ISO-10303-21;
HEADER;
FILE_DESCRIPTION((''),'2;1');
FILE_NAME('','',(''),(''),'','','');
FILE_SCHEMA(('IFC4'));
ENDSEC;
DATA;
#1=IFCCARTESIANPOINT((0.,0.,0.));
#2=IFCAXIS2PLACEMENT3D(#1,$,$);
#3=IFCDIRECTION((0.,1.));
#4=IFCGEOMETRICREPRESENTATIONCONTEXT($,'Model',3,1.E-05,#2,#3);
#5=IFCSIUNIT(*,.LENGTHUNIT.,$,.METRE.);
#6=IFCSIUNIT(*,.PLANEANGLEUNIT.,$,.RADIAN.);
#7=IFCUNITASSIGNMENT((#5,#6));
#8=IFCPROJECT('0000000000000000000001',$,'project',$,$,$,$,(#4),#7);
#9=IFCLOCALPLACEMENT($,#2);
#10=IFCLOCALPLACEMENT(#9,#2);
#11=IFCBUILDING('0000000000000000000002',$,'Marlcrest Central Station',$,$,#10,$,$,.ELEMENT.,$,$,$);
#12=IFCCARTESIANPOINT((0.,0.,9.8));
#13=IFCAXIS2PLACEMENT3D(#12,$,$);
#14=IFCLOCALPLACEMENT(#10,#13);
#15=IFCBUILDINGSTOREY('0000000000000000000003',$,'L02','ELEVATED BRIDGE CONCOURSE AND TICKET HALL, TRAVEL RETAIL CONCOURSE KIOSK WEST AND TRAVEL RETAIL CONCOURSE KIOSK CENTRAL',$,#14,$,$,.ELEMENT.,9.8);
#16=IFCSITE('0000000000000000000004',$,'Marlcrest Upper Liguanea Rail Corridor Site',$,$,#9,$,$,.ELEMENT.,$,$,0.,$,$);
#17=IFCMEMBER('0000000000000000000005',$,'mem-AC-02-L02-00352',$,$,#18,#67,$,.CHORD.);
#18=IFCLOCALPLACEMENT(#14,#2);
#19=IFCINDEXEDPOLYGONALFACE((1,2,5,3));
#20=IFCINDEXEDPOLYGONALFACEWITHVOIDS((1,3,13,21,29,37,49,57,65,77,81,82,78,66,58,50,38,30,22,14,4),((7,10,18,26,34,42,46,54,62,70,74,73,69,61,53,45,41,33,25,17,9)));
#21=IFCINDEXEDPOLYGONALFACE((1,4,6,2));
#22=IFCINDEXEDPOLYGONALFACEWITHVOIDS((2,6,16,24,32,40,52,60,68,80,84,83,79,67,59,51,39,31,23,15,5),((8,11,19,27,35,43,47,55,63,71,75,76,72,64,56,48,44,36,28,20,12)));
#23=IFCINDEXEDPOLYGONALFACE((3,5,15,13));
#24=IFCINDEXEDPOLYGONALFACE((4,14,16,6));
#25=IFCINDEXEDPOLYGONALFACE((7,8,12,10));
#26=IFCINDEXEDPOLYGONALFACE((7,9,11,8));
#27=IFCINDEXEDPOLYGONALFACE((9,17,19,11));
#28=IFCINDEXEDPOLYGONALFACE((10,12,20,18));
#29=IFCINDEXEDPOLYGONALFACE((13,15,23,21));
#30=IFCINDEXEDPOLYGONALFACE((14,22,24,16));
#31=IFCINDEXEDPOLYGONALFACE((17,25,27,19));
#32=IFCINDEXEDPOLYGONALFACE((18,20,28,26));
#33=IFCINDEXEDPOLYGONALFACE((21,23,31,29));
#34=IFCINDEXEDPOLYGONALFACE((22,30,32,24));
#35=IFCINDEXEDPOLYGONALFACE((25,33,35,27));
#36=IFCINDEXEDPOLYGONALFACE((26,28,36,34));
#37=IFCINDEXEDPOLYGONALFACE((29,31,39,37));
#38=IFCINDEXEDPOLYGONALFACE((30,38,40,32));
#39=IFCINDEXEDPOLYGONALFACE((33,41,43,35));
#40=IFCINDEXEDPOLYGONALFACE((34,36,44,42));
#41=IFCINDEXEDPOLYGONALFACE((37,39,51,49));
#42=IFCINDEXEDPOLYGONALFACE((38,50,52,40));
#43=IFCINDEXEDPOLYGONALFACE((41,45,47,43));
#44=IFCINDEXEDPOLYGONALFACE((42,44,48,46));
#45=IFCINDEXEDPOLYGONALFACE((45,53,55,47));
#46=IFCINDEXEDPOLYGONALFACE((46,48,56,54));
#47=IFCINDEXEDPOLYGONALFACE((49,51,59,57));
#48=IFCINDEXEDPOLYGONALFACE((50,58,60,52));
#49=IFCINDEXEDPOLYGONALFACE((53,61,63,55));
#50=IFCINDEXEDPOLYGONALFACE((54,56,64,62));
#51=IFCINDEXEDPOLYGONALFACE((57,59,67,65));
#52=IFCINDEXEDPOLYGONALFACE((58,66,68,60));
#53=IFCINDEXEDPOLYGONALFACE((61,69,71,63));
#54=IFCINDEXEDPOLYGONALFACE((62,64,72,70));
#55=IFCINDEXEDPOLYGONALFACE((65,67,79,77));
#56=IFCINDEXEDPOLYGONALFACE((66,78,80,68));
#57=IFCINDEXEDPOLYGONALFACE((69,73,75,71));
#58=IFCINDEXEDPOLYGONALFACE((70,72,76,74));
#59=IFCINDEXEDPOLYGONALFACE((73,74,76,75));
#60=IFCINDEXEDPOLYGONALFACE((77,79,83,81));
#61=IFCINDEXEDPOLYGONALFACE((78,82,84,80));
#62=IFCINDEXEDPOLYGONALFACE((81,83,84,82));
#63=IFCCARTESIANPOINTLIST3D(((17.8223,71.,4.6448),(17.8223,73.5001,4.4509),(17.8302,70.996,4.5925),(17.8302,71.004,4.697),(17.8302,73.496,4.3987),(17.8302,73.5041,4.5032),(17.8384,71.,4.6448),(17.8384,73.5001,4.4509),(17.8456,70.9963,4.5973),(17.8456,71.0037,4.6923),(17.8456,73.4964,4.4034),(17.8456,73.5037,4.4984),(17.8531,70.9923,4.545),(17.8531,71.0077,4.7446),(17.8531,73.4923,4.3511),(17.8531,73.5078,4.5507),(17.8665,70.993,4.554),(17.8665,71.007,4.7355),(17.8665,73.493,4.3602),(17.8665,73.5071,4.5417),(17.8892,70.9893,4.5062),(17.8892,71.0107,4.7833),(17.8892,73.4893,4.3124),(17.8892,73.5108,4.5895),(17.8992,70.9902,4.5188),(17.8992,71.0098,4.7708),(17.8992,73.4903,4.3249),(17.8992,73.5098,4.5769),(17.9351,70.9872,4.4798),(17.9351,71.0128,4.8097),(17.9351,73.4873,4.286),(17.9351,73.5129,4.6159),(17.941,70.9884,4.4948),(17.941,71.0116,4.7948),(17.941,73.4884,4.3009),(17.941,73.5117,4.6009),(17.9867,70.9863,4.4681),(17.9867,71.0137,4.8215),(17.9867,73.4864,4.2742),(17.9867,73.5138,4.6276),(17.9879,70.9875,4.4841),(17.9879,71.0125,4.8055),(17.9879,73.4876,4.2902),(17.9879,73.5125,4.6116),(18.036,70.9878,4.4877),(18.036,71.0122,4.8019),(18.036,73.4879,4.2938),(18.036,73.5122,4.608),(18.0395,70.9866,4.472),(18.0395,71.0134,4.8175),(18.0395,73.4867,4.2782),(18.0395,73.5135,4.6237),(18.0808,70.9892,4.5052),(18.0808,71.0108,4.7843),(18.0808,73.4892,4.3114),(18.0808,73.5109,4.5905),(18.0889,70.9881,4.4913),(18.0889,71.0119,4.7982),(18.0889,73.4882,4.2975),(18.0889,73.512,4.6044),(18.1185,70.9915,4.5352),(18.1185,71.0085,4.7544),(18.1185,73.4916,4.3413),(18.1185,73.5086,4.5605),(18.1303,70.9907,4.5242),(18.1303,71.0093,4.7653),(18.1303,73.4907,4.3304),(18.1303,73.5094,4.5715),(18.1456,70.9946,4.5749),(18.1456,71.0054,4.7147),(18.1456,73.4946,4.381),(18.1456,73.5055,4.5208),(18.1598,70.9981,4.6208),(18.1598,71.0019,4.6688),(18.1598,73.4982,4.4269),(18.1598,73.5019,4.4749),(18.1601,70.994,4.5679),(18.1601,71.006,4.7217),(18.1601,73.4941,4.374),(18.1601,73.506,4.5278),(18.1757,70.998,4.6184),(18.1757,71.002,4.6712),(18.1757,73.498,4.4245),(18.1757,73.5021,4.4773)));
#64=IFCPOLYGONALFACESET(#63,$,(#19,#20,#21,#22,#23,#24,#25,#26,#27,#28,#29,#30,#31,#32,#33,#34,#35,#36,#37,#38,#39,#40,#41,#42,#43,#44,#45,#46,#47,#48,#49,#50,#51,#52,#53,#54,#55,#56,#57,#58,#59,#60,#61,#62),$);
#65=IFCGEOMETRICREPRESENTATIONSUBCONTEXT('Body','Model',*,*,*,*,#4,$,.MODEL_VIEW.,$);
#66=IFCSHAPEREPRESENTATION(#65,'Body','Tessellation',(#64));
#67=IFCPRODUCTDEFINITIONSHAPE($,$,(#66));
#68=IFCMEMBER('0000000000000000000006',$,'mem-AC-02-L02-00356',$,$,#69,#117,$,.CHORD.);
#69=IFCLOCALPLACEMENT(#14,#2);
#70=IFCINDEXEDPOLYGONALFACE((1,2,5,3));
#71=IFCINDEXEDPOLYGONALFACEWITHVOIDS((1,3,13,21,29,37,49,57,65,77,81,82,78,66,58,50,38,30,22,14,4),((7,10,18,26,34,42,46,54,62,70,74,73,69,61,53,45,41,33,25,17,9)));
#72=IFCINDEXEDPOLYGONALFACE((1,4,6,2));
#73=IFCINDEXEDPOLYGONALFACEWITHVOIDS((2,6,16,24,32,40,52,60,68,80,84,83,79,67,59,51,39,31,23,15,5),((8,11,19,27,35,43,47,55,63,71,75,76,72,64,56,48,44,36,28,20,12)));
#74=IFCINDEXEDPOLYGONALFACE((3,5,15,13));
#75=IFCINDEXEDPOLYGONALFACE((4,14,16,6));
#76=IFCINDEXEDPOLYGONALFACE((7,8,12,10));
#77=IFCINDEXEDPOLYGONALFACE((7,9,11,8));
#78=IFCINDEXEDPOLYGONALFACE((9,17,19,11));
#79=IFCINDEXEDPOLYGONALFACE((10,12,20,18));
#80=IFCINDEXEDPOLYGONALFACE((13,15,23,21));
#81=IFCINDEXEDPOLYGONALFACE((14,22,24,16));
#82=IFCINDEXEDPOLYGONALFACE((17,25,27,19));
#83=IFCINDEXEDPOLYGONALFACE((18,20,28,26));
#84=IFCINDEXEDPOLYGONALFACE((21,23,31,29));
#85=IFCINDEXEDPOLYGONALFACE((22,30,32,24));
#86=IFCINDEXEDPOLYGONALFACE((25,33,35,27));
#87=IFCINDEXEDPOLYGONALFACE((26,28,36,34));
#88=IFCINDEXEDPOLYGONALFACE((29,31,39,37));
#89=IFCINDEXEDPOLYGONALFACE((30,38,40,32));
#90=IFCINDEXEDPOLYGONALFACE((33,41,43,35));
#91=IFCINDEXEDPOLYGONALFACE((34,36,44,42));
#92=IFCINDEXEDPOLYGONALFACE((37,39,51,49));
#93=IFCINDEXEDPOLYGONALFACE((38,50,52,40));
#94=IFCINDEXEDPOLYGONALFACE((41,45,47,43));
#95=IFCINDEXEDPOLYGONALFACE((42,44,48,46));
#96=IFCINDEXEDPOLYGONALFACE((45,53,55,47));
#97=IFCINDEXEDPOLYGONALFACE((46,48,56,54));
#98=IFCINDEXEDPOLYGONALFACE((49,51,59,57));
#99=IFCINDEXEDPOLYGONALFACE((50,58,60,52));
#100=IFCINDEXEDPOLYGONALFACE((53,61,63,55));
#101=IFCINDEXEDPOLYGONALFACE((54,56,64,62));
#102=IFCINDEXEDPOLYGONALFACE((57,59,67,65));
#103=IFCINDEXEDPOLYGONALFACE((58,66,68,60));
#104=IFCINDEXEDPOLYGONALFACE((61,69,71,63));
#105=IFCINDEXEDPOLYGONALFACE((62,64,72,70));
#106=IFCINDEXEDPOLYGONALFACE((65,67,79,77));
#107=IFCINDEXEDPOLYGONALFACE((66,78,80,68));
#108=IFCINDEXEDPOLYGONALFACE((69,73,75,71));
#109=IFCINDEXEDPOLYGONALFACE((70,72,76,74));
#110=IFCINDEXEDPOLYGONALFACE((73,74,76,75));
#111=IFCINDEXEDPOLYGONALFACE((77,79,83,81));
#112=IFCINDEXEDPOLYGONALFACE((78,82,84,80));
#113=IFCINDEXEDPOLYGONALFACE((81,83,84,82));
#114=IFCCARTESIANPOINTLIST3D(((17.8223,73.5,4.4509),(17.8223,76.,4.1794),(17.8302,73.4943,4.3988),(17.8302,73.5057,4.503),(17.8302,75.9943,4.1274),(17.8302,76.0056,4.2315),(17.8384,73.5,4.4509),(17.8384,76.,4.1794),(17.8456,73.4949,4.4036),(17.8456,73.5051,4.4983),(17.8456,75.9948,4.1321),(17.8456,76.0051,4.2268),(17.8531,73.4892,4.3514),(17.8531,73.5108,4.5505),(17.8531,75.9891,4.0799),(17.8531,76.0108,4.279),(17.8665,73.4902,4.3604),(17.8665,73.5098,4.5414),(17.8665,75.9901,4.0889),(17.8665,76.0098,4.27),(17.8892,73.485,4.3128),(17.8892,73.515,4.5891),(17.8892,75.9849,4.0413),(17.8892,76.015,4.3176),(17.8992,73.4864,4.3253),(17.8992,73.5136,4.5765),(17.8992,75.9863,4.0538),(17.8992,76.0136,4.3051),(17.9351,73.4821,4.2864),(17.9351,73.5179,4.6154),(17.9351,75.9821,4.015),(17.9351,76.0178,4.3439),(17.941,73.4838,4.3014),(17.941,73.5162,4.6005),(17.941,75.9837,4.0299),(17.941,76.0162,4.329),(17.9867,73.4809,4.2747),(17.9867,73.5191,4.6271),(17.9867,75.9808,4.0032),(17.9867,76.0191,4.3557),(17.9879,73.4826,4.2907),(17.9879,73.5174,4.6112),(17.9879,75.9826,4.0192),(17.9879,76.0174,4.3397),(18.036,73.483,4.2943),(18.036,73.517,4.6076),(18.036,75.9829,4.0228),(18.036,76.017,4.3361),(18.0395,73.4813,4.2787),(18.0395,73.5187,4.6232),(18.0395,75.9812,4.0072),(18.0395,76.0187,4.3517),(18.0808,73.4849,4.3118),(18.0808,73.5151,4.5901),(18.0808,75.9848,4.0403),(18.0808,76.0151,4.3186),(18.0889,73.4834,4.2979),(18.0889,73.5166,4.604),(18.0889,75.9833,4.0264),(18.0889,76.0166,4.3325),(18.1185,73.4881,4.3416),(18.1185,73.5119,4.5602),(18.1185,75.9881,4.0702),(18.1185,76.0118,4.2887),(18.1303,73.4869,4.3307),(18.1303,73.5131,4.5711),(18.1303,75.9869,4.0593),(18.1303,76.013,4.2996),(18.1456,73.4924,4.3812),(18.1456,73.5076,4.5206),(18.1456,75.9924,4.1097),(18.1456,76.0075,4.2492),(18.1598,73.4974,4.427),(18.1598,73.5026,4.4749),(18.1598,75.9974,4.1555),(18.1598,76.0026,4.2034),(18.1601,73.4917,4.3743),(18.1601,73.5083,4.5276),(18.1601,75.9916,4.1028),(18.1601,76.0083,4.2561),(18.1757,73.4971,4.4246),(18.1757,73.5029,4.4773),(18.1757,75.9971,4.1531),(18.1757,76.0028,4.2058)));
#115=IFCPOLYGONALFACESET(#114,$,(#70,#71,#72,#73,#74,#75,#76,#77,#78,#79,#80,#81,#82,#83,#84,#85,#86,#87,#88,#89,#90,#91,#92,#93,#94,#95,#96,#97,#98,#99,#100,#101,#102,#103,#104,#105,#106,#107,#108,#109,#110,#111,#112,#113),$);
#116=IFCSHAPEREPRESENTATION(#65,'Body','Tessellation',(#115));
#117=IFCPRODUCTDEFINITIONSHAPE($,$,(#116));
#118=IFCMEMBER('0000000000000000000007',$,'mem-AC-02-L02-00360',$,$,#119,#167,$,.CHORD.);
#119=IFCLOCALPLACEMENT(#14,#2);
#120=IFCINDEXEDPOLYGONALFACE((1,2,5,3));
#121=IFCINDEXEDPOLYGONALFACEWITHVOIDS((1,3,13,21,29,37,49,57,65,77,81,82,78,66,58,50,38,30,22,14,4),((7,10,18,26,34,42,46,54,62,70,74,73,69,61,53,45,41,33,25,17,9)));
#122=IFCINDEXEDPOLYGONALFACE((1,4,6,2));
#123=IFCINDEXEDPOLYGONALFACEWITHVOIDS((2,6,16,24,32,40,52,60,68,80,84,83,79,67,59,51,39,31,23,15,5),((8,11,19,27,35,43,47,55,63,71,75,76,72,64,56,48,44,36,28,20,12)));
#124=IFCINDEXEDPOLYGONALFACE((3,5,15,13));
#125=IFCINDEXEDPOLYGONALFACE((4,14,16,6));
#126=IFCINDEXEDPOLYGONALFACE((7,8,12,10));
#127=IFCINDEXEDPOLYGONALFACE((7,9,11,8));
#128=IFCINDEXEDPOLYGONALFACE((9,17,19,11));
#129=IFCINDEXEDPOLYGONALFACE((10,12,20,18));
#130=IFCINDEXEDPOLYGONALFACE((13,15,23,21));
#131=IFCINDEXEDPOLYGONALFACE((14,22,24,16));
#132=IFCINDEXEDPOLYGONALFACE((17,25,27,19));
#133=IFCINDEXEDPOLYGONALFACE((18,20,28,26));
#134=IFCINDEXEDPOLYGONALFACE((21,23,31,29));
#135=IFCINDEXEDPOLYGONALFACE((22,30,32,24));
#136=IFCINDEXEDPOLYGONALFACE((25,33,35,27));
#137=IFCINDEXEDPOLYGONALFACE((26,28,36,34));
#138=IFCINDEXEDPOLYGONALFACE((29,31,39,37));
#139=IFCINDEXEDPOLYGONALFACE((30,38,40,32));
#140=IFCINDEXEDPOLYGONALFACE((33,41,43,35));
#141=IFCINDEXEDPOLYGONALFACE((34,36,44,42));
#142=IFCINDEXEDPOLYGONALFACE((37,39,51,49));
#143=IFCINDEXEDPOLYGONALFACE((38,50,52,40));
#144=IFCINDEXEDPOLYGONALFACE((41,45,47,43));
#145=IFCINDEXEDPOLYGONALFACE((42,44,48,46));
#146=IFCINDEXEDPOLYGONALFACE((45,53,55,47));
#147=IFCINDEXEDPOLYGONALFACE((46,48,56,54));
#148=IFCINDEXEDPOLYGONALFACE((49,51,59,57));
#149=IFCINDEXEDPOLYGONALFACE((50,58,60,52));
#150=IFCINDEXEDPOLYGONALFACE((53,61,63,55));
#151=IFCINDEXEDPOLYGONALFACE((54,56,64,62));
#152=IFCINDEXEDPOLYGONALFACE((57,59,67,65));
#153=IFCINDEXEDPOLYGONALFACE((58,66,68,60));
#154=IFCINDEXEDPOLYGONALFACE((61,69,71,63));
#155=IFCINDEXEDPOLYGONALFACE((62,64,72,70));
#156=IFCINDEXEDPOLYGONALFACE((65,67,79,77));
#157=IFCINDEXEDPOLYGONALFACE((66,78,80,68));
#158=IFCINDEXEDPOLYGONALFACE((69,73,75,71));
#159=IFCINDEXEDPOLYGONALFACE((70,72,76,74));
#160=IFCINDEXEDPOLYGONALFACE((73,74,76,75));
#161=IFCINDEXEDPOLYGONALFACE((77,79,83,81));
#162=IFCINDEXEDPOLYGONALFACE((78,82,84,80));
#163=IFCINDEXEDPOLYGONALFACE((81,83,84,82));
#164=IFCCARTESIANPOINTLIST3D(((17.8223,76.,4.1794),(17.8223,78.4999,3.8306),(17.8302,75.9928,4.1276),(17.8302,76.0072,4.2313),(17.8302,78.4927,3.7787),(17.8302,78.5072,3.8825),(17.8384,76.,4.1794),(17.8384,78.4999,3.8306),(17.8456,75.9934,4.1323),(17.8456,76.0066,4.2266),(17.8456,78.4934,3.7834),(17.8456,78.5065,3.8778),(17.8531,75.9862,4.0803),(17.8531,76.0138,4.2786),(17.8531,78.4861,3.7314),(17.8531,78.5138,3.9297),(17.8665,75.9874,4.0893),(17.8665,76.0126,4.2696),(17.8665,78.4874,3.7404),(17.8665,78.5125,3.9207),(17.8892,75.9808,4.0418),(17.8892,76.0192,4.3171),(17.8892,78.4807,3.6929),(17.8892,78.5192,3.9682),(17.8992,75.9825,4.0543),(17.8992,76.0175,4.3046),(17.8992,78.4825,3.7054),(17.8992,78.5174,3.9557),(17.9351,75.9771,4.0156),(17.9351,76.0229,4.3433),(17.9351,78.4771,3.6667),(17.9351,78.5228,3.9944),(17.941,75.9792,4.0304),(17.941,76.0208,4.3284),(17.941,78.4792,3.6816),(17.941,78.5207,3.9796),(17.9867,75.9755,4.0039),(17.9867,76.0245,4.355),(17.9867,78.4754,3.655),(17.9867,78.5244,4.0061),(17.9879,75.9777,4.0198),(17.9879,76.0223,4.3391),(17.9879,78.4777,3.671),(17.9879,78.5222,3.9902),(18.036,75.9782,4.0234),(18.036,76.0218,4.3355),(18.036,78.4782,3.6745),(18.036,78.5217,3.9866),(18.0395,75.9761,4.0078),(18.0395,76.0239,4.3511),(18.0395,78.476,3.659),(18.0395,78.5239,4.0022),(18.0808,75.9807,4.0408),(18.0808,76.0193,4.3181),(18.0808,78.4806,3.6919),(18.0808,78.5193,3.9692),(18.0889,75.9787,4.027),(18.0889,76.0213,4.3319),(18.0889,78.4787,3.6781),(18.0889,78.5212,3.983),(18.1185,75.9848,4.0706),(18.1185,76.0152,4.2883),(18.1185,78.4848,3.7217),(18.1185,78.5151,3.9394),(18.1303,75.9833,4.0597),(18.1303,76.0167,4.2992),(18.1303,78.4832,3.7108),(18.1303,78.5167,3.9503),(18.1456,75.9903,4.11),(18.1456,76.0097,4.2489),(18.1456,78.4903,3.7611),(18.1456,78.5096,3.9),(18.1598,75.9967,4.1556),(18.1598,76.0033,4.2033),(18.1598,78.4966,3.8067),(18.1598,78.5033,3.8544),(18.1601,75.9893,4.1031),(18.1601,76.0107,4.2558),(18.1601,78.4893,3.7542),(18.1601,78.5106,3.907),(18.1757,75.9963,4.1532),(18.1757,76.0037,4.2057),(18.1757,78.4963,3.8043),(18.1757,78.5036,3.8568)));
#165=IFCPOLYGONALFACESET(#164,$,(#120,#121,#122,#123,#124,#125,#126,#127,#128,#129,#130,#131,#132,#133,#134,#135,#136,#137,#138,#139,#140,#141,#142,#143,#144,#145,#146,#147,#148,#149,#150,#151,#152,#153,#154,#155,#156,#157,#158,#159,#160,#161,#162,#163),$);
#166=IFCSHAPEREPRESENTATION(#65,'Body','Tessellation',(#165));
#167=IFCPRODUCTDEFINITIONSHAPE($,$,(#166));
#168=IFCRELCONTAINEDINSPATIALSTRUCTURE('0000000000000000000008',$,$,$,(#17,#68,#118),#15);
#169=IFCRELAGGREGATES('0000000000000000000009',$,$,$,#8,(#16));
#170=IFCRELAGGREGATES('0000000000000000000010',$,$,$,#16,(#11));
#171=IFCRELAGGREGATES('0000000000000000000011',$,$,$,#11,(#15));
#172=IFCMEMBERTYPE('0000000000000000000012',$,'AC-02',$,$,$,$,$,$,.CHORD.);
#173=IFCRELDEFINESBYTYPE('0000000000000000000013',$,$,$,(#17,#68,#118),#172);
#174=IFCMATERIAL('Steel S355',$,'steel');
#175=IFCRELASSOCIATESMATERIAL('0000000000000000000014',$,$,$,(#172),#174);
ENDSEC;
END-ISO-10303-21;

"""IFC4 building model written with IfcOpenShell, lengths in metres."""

from ifc_helpers import new_model, si_unit, direction, frame, origin, origin_2d, place, context, subcontext, project, spatial, hollow_circle, extrude, material, material_profile, profile_set, type_object, element, save


model = new_model("IFC4")

# Units and contexts
model_context = context("Model", 3, precision=1e-05, world=origin(), true_north=direction((0.0, 1.0)))
body_context = subcontext(model_context, "Body", "Model", "MODEL_VIEW")
ifc_project = project(units=[si_unit("LENGTHUNIT", "METRE"), si_unit("PLANEANGLEUNIT", "RADIAN")], contexts=[model_context])

# Site, building, storey
site_placement = place(None, origin())
site = spatial("IfcSite", under=ifc_project, at=site_placement, Name="Marlcrest Upper Liguanea Rail Corridor Site", CompositionType="ELEMENT", RefElevation=0.0)
building_placement = place(site_placement, origin())
building = spatial("IfcBuilding", under=site, at=building_placement, Name="Marlcrest Central Station", CompositionType="ELEMENT")
storey_placement = place(building_placement, frame((0.0, 0.0, 9.8)))
storey = spatial("IfcBuildingStorey", under=building, at=storey_placement, Name="L02", Description="ELEVATED BRIDGE CONCOURSE AND TICKET HALL, TRAVEL RETAIL CONCOURSE KIOSK WEST AND TRAVEL RETAIL CONCOURSE KIOSK CENTRAL", CompositionType="ELEMENT", Elevation=9.8)

# Members
ifc_material = material(Name="Steel S355", Category="steel")
ifc_material_profile_1 = material_profile(ifc_material, hollow_circle(Radius=0.1777, WallThickness=0.0161, at=origin_2d()), Name="CHS 355.6x16")
ifc_profile_set_1 = profile_set([ifc_material_profile_1], Name="Steel S355")
member_type_1 = type_object("IfcMemberType", Name="AC-02", PredefinedType="CHORD", material=ifc_profile_set_1)
member_1_placement = place(storey_placement, frame((18.0, 71.0, 4.6448), z_axis=(0.0, 0.997007, -0.077307), x_axis=(-1.0, 0.0, 0.0)))
element("IfcMember", 1, at=member_1_placement, inside=storey, type_object=member_type_1, Name="mem-AC-02-L02-00352", PredefinedType="CHORD", context=body_context, shape_type="SweptSolid", body=[
    extrude(hollow_circle(Radius=0.1777, WallThickness=0.0161, at=origin_2d()), origin(), (0.0, 0.0, 1.0), 2.5076),
])
member_2_placement = place(storey_placement, frame((18.0, 73.5, 4.4509), z_axis=(0.0, 0.994155, -0.107959), x_axis=(-1.0, 0.0, 0.0)))
element("IfcMember", 2, at=member_2_placement, inside=storey, type_object=member_type_1, Name="mem-AC-02-L02-00356", PredefinedType="CHORD", context=body_context, shape_type="SweptSolid", body=[
    extrude(hollow_circle(Radius=0.1777, WallThickness=0.0161, at=origin_2d()), origin(), (0.0, 0.0, 1.0), 2.5146),
])
member_3_placement = place(storey_placement, frame((18.0, 76.0, 4.1794), z_axis=(0.0, 0.990403, -0.138211), x_axis=(-1.0, 0.0, 0.0)))
element("IfcMember", 3, at=member_3_placement, inside=storey, type_object=member_type_1, Name="mem-AC-02-L02-00360", PredefinedType="CHORD", context=body_context, shape_type="SweptSolid", body=[
    extrude(hollow_circle(Radius=0.1777, WallThickness=0.0161, at=origin_2d()), origin(), (0.0, 0.0, 1.0), 2.5242),
])

save(model, "model.ifc")
